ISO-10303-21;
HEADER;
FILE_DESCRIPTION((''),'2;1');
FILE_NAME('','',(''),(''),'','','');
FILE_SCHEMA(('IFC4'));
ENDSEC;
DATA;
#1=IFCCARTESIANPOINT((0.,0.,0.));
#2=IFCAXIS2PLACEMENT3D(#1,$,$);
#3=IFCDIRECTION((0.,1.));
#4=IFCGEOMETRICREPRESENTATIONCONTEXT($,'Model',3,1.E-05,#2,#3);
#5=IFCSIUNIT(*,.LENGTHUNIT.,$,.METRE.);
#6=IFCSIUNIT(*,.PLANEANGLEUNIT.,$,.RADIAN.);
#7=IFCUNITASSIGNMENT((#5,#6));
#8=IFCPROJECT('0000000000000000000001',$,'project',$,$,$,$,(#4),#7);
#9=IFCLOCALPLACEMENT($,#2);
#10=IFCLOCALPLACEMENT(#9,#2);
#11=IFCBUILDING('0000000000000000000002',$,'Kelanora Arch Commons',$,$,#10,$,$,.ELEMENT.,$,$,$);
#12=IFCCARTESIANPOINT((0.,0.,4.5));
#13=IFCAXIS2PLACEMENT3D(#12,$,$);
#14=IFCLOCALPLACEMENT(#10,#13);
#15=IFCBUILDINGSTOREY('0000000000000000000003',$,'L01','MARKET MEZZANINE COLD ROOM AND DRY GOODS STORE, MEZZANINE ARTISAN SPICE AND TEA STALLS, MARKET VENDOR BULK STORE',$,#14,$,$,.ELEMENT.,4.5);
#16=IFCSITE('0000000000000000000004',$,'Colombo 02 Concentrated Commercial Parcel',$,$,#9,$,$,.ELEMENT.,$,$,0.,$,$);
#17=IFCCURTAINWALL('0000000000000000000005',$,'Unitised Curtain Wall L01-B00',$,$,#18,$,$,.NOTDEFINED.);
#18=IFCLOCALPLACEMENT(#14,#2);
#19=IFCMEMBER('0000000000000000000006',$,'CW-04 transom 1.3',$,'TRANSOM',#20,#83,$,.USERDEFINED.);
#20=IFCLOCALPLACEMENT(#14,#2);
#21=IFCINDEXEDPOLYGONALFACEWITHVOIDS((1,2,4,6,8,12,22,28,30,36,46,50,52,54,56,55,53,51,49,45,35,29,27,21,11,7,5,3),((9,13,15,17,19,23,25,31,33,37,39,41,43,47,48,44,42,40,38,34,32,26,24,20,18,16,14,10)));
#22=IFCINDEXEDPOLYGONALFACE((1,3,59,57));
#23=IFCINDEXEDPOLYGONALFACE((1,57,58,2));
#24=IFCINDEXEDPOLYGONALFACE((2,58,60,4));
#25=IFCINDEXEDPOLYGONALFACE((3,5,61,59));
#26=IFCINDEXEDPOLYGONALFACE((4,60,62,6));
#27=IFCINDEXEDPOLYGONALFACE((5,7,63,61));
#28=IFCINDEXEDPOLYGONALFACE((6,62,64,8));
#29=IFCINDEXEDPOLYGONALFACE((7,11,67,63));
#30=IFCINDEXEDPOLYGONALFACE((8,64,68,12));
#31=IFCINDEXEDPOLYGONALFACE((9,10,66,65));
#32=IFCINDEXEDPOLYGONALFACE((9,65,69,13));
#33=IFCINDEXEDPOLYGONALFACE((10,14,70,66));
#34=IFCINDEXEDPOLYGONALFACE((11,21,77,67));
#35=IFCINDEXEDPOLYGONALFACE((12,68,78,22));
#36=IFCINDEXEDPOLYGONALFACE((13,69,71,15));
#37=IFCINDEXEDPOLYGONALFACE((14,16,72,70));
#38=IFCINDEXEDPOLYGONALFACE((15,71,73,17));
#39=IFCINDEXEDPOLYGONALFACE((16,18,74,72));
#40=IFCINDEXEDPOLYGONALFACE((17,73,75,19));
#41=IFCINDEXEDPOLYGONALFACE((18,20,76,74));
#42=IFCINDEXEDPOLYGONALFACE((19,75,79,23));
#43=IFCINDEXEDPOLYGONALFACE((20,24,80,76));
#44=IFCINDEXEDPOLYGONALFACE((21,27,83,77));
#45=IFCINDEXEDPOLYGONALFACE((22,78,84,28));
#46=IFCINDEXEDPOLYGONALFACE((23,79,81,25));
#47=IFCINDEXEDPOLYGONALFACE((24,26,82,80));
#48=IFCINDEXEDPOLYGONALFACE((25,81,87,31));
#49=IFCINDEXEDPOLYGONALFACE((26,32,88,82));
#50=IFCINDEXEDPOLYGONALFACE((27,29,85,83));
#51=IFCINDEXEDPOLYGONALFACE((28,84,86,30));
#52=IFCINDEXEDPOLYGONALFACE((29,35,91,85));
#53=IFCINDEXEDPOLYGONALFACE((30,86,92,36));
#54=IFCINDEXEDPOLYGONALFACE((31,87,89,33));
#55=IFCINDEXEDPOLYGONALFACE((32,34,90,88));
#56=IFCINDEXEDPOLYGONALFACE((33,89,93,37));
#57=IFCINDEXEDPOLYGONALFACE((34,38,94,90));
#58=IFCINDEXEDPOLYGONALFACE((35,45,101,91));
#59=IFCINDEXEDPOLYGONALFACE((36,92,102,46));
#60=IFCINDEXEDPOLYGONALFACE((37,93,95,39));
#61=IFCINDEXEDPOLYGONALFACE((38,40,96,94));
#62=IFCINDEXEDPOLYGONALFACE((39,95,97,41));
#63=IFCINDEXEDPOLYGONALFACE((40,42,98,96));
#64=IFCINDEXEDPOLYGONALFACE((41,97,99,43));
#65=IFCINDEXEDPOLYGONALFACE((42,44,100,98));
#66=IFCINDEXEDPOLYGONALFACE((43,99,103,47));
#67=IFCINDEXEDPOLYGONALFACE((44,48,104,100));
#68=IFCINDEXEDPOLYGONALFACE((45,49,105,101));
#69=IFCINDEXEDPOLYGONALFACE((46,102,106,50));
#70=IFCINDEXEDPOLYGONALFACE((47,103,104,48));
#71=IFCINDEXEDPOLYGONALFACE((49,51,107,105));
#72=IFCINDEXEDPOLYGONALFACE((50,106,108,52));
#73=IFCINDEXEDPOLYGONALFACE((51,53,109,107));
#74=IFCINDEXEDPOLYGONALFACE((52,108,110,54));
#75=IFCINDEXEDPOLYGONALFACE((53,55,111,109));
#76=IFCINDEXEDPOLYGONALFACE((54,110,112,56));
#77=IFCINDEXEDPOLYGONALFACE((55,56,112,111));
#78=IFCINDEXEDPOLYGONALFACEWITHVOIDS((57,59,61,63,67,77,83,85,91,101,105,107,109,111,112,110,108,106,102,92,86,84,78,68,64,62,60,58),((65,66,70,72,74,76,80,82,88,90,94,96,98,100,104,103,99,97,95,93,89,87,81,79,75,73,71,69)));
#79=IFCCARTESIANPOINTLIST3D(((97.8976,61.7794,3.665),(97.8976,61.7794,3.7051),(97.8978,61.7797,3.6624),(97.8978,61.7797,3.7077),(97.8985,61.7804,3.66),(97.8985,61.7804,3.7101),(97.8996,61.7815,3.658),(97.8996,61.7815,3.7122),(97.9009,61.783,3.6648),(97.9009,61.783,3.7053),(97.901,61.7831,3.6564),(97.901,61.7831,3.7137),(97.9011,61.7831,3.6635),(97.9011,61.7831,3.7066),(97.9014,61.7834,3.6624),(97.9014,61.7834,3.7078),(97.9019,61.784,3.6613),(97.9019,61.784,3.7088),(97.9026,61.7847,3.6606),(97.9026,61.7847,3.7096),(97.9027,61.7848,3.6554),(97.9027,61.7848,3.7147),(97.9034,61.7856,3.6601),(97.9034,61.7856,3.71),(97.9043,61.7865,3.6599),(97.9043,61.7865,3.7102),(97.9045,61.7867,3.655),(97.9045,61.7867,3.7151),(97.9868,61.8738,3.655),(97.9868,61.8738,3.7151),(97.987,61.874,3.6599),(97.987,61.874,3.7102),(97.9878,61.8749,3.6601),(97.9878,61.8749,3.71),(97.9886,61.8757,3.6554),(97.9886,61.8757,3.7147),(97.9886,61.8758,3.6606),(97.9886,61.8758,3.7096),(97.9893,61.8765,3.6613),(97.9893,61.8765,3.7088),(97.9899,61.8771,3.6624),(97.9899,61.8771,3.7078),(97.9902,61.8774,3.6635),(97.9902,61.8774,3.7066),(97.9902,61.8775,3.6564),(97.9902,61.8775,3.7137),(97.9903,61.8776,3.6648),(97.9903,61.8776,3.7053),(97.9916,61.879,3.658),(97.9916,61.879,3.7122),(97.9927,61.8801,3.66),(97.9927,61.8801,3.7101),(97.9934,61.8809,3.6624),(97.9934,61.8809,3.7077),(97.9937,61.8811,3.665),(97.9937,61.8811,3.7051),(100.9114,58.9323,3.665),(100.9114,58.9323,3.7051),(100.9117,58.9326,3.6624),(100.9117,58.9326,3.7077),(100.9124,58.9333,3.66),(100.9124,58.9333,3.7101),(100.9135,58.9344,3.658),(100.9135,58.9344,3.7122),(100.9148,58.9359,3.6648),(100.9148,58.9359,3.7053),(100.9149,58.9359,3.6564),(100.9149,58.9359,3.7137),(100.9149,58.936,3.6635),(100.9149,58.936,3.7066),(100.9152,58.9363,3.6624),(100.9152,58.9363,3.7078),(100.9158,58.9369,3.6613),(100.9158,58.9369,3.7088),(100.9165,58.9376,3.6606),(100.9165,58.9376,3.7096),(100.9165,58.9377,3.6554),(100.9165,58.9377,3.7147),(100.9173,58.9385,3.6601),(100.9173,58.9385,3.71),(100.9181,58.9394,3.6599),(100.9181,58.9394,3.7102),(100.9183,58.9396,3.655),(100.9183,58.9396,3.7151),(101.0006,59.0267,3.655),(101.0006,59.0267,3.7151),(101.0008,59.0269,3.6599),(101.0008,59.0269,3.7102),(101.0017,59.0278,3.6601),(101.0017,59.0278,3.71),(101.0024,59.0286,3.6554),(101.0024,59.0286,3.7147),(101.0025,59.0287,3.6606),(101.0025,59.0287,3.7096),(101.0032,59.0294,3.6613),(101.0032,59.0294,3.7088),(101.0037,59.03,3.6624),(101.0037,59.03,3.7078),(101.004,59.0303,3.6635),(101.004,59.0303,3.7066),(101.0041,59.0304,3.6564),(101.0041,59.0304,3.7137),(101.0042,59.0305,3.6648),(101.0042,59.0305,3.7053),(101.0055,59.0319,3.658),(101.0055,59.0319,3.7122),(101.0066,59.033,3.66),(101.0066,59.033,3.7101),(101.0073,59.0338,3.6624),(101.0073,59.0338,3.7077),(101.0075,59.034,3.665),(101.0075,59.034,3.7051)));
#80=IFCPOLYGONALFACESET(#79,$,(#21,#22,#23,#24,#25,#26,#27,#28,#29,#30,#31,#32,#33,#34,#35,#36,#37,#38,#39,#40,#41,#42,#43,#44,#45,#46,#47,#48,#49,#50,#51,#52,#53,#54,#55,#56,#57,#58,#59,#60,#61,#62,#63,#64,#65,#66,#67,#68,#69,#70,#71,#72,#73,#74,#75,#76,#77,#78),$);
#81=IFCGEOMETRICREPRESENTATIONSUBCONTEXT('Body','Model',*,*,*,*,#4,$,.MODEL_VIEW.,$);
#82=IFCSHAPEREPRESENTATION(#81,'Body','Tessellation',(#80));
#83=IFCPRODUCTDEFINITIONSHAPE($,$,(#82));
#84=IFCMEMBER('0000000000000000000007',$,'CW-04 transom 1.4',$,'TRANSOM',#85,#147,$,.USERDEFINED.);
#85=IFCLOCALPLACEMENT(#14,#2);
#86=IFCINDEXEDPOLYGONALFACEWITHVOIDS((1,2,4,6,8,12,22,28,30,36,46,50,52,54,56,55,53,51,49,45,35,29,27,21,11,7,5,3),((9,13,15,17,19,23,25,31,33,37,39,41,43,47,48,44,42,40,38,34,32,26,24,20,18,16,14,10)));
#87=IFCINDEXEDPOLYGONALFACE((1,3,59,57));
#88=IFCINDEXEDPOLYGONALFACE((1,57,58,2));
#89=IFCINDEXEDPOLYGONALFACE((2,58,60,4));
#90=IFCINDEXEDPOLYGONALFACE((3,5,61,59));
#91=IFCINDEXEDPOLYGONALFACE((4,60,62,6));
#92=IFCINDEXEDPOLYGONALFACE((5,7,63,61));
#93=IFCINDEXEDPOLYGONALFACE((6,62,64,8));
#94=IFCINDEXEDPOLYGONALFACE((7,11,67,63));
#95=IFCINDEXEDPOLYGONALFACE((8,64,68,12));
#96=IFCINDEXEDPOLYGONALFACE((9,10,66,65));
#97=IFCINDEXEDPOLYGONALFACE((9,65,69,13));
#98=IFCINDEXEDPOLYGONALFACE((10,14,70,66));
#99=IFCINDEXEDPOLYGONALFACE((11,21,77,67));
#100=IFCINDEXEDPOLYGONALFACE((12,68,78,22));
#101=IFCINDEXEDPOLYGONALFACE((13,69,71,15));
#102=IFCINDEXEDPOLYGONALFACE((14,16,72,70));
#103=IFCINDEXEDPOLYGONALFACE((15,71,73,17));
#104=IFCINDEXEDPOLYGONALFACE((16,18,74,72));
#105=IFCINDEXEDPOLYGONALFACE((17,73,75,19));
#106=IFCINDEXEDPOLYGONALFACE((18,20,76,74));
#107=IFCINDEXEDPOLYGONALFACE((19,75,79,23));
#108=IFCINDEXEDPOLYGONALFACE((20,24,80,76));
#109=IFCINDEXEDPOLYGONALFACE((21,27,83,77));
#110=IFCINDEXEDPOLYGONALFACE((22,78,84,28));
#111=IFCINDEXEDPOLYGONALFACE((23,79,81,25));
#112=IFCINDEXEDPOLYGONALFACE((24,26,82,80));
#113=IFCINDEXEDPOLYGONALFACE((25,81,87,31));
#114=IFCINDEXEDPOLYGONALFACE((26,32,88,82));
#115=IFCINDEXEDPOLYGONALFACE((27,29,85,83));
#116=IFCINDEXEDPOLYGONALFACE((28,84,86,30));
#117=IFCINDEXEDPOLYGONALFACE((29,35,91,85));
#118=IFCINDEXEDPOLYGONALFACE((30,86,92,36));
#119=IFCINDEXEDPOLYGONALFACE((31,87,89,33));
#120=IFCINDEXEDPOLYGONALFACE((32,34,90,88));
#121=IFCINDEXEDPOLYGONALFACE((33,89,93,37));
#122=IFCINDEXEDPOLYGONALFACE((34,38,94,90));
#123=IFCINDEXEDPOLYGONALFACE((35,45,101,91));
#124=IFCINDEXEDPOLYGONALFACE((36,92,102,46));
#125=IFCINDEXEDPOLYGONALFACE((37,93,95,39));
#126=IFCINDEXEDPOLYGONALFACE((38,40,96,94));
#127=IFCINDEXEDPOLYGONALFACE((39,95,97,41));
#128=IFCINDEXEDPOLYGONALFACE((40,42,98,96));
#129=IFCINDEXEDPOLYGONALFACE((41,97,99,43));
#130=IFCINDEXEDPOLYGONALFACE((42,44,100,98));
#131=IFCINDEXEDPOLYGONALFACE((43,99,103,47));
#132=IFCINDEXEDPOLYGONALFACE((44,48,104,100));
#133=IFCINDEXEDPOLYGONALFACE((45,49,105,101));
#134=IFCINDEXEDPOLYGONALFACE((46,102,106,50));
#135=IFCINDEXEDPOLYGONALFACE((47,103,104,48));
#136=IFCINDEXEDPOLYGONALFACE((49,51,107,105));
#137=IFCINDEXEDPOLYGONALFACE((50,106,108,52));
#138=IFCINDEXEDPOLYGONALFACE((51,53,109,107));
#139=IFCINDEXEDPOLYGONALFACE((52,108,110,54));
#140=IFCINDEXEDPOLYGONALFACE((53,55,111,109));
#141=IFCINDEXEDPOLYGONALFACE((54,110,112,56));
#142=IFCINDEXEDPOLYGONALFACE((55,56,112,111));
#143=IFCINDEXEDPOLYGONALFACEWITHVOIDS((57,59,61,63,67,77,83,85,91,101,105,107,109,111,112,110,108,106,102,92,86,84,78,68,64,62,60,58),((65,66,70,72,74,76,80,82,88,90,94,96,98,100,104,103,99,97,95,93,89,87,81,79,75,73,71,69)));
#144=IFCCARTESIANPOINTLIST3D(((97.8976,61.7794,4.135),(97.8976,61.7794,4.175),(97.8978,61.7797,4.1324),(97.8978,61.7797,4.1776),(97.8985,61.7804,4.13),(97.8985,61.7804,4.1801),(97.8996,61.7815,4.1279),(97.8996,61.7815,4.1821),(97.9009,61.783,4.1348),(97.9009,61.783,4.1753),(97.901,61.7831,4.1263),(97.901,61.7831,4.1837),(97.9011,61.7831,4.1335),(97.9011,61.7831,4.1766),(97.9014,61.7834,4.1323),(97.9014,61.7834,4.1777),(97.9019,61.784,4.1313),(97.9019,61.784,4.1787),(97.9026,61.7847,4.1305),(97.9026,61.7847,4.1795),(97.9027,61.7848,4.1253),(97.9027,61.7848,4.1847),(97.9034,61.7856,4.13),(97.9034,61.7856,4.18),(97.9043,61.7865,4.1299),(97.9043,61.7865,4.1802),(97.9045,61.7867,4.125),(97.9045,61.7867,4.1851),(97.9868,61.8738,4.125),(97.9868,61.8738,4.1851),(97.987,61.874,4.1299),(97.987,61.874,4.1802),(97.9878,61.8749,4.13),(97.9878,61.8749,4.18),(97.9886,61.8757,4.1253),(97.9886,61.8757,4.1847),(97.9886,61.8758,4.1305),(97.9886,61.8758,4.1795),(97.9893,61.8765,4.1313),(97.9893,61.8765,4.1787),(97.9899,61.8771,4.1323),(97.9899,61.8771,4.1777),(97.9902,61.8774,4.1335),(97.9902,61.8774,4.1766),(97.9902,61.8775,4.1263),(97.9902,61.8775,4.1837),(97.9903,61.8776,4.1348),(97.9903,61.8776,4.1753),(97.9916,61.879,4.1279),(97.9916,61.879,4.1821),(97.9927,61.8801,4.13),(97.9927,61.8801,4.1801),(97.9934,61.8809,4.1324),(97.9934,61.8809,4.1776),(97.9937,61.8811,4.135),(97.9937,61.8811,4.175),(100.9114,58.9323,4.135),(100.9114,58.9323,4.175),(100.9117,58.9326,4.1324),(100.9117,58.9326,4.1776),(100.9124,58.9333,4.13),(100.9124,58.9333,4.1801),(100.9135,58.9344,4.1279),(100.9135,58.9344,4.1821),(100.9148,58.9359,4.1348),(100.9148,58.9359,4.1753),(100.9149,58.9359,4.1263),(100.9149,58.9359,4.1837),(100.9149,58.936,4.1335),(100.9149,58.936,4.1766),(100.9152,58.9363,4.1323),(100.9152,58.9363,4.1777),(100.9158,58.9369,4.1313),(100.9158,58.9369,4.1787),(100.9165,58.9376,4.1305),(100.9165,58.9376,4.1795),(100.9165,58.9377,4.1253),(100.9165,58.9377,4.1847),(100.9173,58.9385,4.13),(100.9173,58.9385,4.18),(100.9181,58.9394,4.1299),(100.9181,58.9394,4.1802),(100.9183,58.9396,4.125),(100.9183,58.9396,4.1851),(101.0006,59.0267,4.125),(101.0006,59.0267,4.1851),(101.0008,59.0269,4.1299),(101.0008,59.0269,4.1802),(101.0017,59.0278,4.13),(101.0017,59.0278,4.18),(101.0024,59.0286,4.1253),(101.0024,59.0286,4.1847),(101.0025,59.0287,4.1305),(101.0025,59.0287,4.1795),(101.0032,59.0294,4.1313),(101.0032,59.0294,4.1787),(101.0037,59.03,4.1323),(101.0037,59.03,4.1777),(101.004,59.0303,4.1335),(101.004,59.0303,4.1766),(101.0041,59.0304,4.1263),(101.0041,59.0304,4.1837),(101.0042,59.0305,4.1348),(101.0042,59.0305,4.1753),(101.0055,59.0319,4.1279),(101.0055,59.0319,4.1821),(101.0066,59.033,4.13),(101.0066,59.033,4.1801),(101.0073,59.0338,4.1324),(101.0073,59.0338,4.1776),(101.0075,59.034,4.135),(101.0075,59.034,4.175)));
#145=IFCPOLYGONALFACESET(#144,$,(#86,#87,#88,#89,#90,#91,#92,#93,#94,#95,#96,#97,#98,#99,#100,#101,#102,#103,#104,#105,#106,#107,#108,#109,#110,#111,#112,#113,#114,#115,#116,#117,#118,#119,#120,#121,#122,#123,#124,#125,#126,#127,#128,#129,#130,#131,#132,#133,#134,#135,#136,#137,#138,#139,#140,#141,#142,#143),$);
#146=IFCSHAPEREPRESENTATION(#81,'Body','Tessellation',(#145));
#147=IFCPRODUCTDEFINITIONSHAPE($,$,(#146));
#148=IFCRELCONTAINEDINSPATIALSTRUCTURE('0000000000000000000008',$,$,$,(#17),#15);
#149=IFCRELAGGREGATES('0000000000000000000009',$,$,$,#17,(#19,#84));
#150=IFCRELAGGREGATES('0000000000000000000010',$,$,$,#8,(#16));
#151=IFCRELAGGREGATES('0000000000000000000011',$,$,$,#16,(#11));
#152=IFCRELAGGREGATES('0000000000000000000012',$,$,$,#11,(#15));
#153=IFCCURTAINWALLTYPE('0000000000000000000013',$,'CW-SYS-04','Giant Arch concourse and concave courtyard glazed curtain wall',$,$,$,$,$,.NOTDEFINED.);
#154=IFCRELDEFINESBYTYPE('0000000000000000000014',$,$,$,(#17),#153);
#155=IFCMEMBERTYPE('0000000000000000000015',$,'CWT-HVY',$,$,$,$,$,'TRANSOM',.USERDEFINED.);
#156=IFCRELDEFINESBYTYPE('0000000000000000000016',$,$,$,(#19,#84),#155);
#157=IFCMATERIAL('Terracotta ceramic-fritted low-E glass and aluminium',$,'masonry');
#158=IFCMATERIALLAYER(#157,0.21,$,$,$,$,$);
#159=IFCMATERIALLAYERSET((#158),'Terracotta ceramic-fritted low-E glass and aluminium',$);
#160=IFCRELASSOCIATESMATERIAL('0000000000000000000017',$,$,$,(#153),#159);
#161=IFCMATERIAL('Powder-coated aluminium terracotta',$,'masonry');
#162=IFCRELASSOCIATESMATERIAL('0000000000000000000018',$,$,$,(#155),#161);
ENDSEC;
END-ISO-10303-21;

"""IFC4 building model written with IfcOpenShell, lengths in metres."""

from ifc_helpers import new_model, si_unit, direction, frame, origin, origin_2d, place, context, subcontext, project, spatial, hollow_rectangle, extrude, material, layer, layer_set, material_profile, profile_set, type_object, element, aggregate, save


model = new_model("IFC4")

# Units and contexts
model_context = context("Model", 3, precision=1e-05, world=origin(), true_north=direction((0.0, 1.0)))
body_context = subcontext(model_context, "Body", "Model", "MODEL_VIEW")
ifc_project = project(units=[si_unit("LENGTHUNIT", "METRE"), si_unit("PLANEANGLEUNIT", "RADIAN")], contexts=[model_context])

# Site, building, storey
site_placement = place(None, origin())
site = spatial("IfcSite", under=ifc_project, at=site_placement, Name="Colombo 02 Concentrated Commercial Parcel", CompositionType="ELEMENT", RefElevation=0.0)
building_placement = place(site_placement, origin())
building = spatial("IfcBuilding", under=site, at=building_placement, Name="Kelanora Arch Commons", CompositionType="ELEMENT")
storey_placement = place(building_placement, frame((0.0, 0.0, 4.5)))
storey = spatial("IfcBuildingStorey", under=building, at=storey_placement, Name="L01", Description="MARKET MEZZANINE COLD ROOM AND DRY GOODS STORE, MEZZANINE ARTISAN SPICE AND TEA STALLS, MARKET VENDOR BULK STORE", CompositionType="ELEMENT", Elevation=4.5)

# Curtain wall
ifc_material_1 = material(Name="Terracotta ceramic-fritted low-E glass and aluminium", Category="masonry")
ifc_layer_1 = layer(ifc_material_1, 0.21)
ifc_layer_set_1 = layer_set([ifc_layer_1], Name="Terracotta ceramic-fritted low-E glass and aluminium")
curtain_wall_type = type_object("IfcCurtainWallType", Name="CW-SYS-04", Description="Giant Arch concourse and concave courtyard glazed curtain wall", PredefinedType="NOTDEFINED", material=ifc_layer_set_1)
curtain_wall_1_placement = place(storey_placement, origin())
curtain_wall_1 = element("IfcCurtainWall", 1, at=curtain_wall_1_placement, inside=storey, type_object=curtain_wall_type, Name="Unitised Curtain Wall L01-B00", PredefinedType="NOTDEFINED")
ifc_material_2 = material(Name="Powder-coated aluminium terracotta", Category="masonry")

# Members
ifc_material_profile_1 = material_profile(ifc_material_2, hollow_rectangle(XDim=0.1399, YDim=0.0601, WallThickness=0.0049, InnerFilletRadius=0.0049, OuterFilletRadius=0.01, at=origin_2d()), Name="CWT140x60")
ifc_profile_set_1 = profile_set([ifc_material_profile_1], Name="Powder-coated aluminium terracotta")
member_type_1 = type_object("IfcMemberType", Name="CWT-HVY", ElementType="TRANSOM", PredefinedType="USERDEFINED", material=ifc_profile_set_1)
member_1_placement = place(storey_placement, frame((100.9595, 58.9832, 3.6851), z_axis=(-0.72693, 0.686712, 0.0), x_axis=(-0.686712, -0.72693, 0.0)))
member_1 = element("IfcMember", 2, at=member_1_placement, type_object=member_type_1, Name="CW-04 transom 1.3", ObjectType="TRANSOM", PredefinedType="USERDEFINED", context=body_context, shape_type="SweptSolid", body=[
    extrude(hollow_rectangle(XDim=0.1399, YDim=0.0601, WallThickness=0.0049, InnerFilletRadius=0.0049, OuterFilletRadius=0.01, at=origin_2d()), origin(), (0.0, 0.0, 1.0), 4.146),
])
member_2_placement = place(storey_placement, frame((100.9595, 58.9832, 4.155), z_axis=(-0.72693, 0.686712, 0.0), x_axis=(-0.686712, -0.72693, 0.0)))
member_2 = element("IfcMember", 3, at=member_2_placement, type_object=member_type_1, Name="CW-04 transom 1.4", ObjectType="TRANSOM", PredefinedType="USERDEFINED", context=body_context, shape_type="SweptSolid", body=[
    extrude(hollow_rectangle(XDim=0.1399, YDim=0.0601, WallThickness=0.0049, InnerFilletRadius=0.0049, OuterFilletRadius=0.01, at=origin_2d()), origin(), (0.0, 0.0, 1.0), 4.146),
])

aggregate(curtain_wall_1, [member_1, member_2])

save(model, "model.ifc")
